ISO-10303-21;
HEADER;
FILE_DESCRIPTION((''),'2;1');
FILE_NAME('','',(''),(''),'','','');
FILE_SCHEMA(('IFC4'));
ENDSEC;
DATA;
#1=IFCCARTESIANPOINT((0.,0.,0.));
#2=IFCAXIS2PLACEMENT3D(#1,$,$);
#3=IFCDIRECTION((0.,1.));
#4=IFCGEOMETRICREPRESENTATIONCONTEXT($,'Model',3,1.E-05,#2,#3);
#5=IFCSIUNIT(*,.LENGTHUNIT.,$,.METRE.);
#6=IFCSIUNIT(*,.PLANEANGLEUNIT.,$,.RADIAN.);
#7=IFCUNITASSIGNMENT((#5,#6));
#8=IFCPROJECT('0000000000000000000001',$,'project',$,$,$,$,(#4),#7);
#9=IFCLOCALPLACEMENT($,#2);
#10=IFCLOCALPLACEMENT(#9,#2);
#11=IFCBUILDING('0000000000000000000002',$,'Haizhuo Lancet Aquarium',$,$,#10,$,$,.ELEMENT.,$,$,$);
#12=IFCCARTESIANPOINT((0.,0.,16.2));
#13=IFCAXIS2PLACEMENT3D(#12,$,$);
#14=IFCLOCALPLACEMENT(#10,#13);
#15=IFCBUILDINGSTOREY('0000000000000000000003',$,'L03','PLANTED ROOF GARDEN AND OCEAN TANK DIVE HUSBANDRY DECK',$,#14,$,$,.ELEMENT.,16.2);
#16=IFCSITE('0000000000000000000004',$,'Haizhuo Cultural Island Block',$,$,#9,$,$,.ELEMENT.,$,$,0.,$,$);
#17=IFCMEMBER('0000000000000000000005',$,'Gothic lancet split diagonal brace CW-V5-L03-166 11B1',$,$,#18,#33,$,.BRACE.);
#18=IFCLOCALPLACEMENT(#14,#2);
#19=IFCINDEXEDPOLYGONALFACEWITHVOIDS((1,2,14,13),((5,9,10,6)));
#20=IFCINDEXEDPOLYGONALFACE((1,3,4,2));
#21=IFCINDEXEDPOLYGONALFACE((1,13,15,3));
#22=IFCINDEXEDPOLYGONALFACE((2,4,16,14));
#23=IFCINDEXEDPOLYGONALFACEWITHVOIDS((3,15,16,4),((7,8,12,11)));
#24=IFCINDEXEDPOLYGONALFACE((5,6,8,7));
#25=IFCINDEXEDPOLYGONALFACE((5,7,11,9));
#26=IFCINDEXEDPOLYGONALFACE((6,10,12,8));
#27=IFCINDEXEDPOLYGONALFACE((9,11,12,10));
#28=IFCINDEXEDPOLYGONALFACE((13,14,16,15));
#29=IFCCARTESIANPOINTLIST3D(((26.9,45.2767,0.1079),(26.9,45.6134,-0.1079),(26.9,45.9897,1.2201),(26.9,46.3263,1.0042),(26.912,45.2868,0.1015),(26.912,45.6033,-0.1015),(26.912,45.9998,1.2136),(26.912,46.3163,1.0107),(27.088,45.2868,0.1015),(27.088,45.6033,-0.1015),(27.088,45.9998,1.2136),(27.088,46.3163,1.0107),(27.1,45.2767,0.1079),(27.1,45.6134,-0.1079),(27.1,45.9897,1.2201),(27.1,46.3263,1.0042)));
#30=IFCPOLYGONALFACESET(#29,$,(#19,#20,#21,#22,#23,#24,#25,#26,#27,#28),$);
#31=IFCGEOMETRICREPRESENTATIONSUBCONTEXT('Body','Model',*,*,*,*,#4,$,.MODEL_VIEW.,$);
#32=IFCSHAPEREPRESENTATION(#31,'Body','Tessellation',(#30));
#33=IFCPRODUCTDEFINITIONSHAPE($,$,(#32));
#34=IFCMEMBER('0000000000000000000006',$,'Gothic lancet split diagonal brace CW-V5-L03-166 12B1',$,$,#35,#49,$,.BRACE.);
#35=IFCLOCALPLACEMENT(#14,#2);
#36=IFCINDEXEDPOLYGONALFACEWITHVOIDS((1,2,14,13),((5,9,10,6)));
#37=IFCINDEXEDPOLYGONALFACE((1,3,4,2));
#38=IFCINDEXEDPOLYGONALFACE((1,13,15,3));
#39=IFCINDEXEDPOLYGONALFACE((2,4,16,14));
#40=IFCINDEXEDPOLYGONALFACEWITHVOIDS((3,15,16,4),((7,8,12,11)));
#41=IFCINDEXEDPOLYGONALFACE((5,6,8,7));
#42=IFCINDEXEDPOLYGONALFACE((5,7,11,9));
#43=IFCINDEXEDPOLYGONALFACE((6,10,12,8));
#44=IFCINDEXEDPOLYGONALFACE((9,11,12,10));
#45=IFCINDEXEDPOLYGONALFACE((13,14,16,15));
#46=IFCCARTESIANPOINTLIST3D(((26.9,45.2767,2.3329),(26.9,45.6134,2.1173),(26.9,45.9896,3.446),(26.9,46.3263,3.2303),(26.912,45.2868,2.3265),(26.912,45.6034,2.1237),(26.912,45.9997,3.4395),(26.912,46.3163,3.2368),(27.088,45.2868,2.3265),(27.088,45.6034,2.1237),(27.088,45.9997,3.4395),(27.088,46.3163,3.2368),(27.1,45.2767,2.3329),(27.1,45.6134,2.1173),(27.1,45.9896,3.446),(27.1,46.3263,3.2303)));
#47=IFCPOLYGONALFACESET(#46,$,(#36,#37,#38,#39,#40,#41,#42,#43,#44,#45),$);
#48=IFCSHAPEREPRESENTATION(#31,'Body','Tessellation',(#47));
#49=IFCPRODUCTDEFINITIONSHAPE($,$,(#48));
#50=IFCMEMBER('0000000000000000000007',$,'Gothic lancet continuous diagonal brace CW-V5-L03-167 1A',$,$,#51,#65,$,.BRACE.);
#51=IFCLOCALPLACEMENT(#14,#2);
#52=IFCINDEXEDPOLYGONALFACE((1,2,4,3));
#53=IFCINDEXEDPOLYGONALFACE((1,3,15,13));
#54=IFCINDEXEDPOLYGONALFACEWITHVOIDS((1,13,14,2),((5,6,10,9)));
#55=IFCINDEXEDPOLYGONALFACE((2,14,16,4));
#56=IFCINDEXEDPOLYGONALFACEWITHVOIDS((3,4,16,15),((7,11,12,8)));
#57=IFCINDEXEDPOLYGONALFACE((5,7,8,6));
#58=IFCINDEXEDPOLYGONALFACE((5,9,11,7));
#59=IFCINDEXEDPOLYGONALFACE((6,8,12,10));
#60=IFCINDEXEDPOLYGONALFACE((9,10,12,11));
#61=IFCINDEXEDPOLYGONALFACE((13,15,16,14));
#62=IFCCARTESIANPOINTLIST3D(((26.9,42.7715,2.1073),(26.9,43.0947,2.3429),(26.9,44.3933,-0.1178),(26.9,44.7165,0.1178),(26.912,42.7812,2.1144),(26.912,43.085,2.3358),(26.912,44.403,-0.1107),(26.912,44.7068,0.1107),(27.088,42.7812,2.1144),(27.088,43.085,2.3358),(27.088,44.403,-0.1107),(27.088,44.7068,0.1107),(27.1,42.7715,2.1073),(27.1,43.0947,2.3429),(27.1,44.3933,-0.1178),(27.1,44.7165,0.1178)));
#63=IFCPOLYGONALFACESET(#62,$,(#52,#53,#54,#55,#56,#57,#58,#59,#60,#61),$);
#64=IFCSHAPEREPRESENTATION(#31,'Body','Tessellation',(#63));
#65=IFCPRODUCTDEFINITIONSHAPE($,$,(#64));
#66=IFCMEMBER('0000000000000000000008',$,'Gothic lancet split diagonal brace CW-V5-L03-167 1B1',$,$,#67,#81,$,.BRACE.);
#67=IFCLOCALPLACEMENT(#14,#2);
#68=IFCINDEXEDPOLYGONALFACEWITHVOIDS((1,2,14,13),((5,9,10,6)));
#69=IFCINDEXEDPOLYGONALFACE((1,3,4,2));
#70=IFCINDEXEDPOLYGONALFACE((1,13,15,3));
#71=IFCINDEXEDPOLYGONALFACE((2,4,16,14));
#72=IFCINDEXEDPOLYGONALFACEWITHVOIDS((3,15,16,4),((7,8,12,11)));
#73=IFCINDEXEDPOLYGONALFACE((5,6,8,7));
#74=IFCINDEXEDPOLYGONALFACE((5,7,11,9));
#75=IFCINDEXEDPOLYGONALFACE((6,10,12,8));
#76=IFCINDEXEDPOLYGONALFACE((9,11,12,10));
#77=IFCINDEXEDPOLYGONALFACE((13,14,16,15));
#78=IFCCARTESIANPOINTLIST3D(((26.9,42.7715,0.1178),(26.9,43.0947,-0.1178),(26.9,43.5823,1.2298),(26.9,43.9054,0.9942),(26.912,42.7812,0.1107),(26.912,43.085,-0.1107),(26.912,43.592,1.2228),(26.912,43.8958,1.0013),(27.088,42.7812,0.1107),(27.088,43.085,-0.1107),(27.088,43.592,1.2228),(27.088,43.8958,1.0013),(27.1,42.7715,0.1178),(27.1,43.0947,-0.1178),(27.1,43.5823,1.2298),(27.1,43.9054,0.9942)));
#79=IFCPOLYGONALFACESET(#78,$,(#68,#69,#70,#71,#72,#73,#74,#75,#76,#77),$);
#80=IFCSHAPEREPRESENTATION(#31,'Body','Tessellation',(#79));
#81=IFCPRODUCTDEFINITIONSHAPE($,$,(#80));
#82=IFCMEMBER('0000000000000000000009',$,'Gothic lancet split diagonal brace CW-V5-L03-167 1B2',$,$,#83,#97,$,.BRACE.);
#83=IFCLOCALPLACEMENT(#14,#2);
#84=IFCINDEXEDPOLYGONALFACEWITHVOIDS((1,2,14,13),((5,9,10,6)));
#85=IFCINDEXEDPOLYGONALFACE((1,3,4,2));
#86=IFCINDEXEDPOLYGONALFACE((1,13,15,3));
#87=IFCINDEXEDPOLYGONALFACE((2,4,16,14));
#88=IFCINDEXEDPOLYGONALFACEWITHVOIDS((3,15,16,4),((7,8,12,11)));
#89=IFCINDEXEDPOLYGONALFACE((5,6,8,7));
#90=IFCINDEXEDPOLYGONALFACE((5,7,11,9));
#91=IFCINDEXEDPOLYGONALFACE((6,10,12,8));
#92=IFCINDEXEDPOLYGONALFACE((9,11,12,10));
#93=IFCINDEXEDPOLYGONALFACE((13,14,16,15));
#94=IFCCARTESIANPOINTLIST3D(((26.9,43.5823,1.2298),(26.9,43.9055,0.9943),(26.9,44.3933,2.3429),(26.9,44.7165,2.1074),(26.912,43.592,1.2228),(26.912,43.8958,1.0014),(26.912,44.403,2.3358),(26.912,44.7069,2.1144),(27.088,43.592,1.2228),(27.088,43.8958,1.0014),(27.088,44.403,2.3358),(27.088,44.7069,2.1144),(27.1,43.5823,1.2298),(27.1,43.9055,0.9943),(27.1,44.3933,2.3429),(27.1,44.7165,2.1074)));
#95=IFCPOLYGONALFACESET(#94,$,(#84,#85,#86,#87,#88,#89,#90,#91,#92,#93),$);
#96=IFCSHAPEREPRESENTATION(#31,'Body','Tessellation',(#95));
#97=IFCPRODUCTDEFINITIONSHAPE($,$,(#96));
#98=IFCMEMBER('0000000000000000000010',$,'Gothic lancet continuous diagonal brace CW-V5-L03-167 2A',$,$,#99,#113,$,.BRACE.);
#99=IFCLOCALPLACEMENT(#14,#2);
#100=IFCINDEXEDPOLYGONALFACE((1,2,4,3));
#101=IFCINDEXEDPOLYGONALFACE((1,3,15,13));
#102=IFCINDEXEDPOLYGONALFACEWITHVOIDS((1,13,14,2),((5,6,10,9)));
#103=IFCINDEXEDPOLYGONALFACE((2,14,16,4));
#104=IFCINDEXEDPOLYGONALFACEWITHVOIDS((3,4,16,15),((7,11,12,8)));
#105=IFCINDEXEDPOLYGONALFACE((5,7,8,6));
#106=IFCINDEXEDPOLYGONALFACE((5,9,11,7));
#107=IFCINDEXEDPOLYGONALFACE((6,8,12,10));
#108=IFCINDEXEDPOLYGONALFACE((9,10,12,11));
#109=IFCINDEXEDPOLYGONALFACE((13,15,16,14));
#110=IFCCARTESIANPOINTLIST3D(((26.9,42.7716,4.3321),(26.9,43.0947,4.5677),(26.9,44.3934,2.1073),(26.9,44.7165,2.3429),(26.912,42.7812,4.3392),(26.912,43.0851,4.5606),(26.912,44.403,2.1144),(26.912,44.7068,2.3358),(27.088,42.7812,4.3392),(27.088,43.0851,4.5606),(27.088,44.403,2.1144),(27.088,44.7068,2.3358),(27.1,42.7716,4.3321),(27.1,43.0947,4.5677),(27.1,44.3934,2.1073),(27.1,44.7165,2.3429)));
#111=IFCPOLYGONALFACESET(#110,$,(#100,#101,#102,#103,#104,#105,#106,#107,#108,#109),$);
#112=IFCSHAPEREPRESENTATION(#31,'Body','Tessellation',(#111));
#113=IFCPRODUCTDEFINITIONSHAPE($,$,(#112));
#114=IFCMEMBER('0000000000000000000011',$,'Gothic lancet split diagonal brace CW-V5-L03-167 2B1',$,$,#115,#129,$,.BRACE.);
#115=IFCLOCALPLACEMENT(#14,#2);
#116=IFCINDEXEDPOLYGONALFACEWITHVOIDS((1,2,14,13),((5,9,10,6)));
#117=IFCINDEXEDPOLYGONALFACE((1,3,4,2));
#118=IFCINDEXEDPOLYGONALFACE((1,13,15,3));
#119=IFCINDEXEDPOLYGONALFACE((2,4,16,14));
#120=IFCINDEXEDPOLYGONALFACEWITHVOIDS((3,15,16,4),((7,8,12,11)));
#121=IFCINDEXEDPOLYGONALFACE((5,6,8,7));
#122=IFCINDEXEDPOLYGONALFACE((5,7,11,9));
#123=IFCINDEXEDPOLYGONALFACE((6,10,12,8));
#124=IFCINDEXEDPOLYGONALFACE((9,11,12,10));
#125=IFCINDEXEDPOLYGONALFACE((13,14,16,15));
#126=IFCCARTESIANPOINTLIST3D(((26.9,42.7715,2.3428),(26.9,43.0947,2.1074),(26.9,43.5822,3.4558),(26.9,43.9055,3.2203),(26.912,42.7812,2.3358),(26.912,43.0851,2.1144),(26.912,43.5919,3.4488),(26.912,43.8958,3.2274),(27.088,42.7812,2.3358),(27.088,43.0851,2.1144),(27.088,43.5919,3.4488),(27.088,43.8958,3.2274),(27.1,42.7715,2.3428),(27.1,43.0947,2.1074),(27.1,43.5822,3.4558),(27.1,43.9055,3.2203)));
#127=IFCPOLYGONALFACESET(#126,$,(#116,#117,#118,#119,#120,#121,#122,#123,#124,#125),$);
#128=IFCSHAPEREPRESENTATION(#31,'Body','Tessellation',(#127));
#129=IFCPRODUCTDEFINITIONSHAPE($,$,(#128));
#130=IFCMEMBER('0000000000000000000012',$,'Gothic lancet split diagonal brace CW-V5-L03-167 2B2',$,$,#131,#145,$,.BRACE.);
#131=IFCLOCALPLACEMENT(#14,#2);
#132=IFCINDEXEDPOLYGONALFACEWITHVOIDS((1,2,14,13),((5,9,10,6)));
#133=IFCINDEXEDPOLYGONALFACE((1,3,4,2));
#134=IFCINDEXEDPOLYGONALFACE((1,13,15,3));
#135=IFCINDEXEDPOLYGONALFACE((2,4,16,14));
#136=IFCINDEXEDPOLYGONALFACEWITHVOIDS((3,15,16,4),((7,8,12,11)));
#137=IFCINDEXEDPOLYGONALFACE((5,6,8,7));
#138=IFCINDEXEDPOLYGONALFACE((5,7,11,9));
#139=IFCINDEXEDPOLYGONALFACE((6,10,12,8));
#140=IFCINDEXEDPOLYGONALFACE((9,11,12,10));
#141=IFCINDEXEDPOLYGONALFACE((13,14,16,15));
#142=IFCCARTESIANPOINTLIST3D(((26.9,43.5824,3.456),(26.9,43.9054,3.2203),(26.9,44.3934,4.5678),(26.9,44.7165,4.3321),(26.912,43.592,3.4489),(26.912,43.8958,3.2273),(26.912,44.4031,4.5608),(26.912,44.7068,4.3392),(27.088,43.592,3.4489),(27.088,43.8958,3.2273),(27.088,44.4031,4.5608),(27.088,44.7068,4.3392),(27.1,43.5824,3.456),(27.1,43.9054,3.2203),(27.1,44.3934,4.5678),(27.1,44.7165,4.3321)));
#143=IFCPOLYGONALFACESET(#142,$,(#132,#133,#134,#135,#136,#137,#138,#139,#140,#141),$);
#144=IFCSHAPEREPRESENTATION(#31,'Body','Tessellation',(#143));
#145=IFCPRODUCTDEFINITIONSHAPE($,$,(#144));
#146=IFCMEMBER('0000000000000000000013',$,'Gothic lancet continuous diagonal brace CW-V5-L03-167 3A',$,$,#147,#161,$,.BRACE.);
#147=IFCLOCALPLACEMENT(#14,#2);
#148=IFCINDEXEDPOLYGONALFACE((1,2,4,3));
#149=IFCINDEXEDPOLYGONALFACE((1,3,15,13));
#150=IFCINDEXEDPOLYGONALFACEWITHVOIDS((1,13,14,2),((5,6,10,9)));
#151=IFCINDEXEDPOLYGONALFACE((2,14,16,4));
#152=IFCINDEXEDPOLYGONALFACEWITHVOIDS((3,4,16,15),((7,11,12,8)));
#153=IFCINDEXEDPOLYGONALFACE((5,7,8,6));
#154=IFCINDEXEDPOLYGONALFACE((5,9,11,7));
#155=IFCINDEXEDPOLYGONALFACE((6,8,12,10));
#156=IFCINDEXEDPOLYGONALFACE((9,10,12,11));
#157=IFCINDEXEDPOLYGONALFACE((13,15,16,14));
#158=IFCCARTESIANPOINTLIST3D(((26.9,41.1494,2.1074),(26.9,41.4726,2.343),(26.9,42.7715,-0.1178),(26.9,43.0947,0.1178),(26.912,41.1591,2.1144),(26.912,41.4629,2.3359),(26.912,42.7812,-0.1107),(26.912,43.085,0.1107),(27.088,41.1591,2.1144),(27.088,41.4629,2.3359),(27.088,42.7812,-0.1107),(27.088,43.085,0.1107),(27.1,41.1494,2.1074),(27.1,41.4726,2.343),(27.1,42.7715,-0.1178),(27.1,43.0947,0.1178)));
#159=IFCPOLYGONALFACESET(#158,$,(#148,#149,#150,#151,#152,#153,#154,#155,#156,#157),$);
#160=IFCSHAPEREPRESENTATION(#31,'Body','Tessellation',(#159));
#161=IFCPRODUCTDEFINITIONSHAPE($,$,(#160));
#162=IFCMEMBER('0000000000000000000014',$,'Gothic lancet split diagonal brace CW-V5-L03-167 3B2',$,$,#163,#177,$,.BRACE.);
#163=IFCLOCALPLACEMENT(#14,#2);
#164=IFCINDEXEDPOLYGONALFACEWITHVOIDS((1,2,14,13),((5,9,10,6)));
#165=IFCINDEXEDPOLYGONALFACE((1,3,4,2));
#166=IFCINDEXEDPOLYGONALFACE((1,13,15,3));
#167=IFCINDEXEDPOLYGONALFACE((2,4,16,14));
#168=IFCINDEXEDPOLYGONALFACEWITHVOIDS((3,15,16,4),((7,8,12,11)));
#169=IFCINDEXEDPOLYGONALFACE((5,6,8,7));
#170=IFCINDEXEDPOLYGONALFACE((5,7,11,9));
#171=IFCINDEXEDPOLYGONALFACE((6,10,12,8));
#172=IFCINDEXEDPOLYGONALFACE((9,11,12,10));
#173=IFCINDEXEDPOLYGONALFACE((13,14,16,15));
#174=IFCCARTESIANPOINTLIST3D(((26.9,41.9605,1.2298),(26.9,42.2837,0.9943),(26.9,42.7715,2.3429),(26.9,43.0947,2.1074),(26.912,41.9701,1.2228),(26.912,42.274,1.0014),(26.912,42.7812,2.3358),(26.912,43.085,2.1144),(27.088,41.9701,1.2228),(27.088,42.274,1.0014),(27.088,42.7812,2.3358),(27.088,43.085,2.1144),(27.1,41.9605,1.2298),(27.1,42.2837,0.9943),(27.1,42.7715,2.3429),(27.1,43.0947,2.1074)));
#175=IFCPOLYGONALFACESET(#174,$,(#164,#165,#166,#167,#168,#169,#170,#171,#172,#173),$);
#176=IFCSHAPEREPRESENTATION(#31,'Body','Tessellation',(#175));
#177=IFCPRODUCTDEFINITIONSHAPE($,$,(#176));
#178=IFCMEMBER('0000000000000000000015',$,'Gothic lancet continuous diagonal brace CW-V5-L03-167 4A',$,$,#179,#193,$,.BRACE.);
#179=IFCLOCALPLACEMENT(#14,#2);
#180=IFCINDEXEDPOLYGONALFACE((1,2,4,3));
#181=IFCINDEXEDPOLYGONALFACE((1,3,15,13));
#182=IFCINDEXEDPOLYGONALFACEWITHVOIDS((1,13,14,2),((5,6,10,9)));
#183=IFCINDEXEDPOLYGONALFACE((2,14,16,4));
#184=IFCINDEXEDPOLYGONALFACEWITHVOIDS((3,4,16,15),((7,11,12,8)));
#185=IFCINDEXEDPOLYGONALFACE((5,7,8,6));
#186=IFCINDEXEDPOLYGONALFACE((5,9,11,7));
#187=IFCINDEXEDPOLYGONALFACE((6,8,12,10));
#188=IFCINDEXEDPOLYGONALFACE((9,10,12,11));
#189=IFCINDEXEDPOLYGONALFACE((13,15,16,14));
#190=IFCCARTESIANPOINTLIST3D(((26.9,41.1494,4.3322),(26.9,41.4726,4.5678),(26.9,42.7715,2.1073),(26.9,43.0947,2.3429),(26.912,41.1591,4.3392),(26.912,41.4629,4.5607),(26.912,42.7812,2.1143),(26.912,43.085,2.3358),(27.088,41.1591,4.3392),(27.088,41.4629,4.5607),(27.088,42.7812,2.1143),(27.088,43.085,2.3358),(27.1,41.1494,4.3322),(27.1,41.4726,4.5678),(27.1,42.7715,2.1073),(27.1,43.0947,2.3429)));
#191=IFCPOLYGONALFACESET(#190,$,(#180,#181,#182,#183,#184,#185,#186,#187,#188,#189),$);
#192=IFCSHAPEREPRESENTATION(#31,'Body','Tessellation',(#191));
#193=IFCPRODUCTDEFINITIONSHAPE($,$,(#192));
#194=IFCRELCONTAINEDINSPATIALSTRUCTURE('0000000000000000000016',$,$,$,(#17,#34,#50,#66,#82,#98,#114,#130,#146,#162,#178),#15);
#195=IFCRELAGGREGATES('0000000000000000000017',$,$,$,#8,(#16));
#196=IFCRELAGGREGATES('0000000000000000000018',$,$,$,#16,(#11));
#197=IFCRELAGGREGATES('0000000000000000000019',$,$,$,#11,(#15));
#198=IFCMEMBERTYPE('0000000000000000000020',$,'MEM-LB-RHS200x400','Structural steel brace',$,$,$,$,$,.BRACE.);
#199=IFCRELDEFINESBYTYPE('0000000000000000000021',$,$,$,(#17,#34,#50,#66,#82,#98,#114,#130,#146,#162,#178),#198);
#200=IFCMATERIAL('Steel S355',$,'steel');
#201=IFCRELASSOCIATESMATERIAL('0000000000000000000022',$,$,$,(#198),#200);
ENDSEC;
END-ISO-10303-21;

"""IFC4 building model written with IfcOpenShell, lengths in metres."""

from ifc_helpers import new_model, si_unit, direction, frame, origin, origin_2d, place, context, subcontext, project, spatial, hollow_rectangle, extrude, material, material_profile, profile_set, type_object, element, save


model = new_model("IFC4")

# Units and contexts
model_context = context("Model", 3, precision=1e-05, world=origin(), true_north=direction((0.0, 1.0)))
body_context = subcontext(model_context, "Body", "Model", "MODEL_VIEW")
ifc_project = project(units=[si_unit("LENGTHUNIT", "METRE"), si_unit("PLANEANGLEUNIT", "RADIAN")], contexts=[model_context])

# Site, building, storey
site_placement = place(None, origin())
site = spatial("IfcSite", under=ifc_project, at=site_placement, Name="Haizhuo Cultural Island Block", CompositionType="ELEMENT", RefElevation=0.0)
building_placement = place(site_placement, origin())
building = spatial("IfcBuilding", under=site, at=building_placement, Name="Haizhuo Lancet Aquarium", CompositionType="ELEMENT")
storey_placement = place(building_placement, frame((0.0, 0.0, 16.2)))
storey = spatial("IfcBuildingStorey", under=building, at=storey_placement, Name="L03", Description="PLANTED ROOF GARDEN AND OCEAN TANK DIVE HUSBANDRY DECK", CompositionType="ELEMENT", Elevation=16.2)

# Members
ifc_material_1 = material(Name="Steel S355", Category="steel")
ifc_material_profile_1 = material_profile(ifc_material_1, hollow_rectangle(XDim=0.2, YDim=0.3999, WallThickness=0.012, at=origin_2d()), Name="RHS 200x400x12")
ifc_profile_set_1 = profile_set([ifc_material_profile_1], Name="Steel S355")
member_type_1 = type_object("IfcMemberType", Name="MEM-LB-RHS200x400", Description="Structural steel brace", PredefinedType="BRACE", material=ifc_profile_set_1)
member_1_placement = place(storey_placement, frame((27.0, 45.4451, 0.0), z_axis=(0.0, 0.539683, 0.841868), x_axis=(-1.0, 0.0, 0.0)))
element("IfcMember", 1, at=member_1_placement, inside=storey, type_object=member_type_1, Name="Gothic lancet split diagonal brace CW-V5-L03-166 11B1", PredefinedType="BRACE", context=body_context, shape_type="SweptSolid", body=[
    extrude(hollow_rectangle(XDim=0.2, YDim=0.3999, WallThickness=0.012, at=origin_2d()), origin(), (0.0, 0.0, 1.0), 1.321),
])
member_2_placement = place(storey_placement, frame((27.0, 45.4451, 2.2251), z_axis=(0.0, 0.539347, 0.842083), x_axis=(-1.0, 0.0, 0.0)))
element("IfcMember", 2, at=member_2_placement, inside=storey, type_object=member_type_1, Name="Gothic lancet split diagonal brace CW-V5-L03-166 12B1", PredefinedType="BRACE", context=body_context, shape_type="SweptSolid", body=[
    extrude(hollow_rectangle(XDim=0.2, YDim=0.3999, WallThickness=0.012, at=origin_2d()), origin(), (0.0, 0.0, 1.0), 1.3218),
])
member_3_placement = place(storey_placement, frame((27.0, 44.5549, 0.0), z_axis=(0.0, -0.58902, 0.808118), x_axis=(1.0, 0.0, 0.0)))
element("IfcMember", 3, at=member_3_placement, inside=storey, type_object=member_type_1, Name="Gothic lancet continuous diagonal brace CW-V5-L03-167 1A", PredefinedType="BRACE", context=body_context, shape_type="SweptSolid", body=[
    extrude(hollow_rectangle(XDim=0.2, YDim=0.3999, WallThickness=0.012, at=origin_2d()), origin(), (0.0, 0.0, 1.0), 2.7534),
])
member_4_placement = place(storey_placement, frame((27.0, 42.9331, 0.0), z_axis=(0.0, 0.589131, 0.808037), x_axis=(-1.0, 0.0, 0.0)))
element("IfcMember", 4, at=member_4_placement, inside=storey, type_object=member_type_1, Name="Gothic lancet split diagonal brace CW-V5-L03-167 1B1", PredefinedType="BRACE", context=body_context, shape_type="SweptSolid", body=[
    extrude(hollow_rectangle(XDim=0.2, YDim=0.3999, WallThickness=0.012, at=origin_2d()), origin(), (0.0, 0.0, 1.0), 1.3762),
])
member_5_placement = place(storey_placement, frame((27.0, 43.7439, 1.1121), z_axis=(0.0, 0.588909, 0.808199), x_axis=(-1.0, 0.0, 0.0)))
element("IfcMember", 5, at=member_5_placement, inside=storey, type_object=member_type_1, Name="Gothic lancet split diagonal brace CW-V5-L03-167 1B2", PredefinedType="BRACE", context=body_context, shape_type="SweptSolid", body=[
    extrude(hollow_rectangle(XDim=0.2, YDim=0.3999, WallThickness=0.012, at=origin_2d()), origin(), (0.0, 0.0, 1.0), 1.3772),
])
member_6_placement = place(storey_placement, frame((27.0, 44.5549, 2.2251), z_axis=(0.0, -0.589062, 0.808088), x_axis=(1.0, 0.0, 0.0)))
element("IfcMember", 6, at=member_6_placement, inside=storey, type_object=member_type_1, Name="Gothic lancet continuous diagonal brace CW-V5-L03-167 2A", PredefinedType="BRACE", context=body_context, shape_type="SweptSolid", body=[
    extrude(hollow_rectangle(XDim=0.2, YDim=0.3999, WallThickness=0.012, at=origin_2d()), origin(), (0.0, 0.0, 1.0), 2.7532),
])
member_7_placement = place(storey_placement, frame((27.0, 42.9331, 2.2251), z_axis=(0.0, 0.588793, 0.808284), x_axis=(-1.0, 0.0, 0.0)))
element("IfcMember", 7, at=member_7_placement, inside=storey, type_object=member_type_1, Name="Gothic lancet split diagonal brace CW-V5-L03-167 2B1", PredefinedType="BRACE", context=body_context, shape_type="SweptSolid", body=[
    extrude(hollow_rectangle(XDim=0.2, YDim=0.3999, WallThickness=0.012, at=origin_2d()), origin(), (0.0, 0.0, 1.0), 1.377),
])
member_8_placement = place(storey_placement, frame((27.0, 43.7439, 3.3381), z_axis=(0.0, 0.589331, 0.807891), x_axis=(-1.0, 0.0, 0.0)))
element("IfcMember", 8, at=member_8_placement, inside=storey, type_object=member_type_1, Name="Gothic lancet split diagonal brace CW-V5-L03-167 2B2", PredefinedType="BRACE", context=body_context, shape_type="SweptSolid", body=[
    extrude(hollow_rectangle(XDim=0.2, YDim=0.3999, WallThickness=0.012, at=origin_2d()), origin(), (0.0, 0.0, 1.0), 1.3762),
])
member_9_placement = place(storey_placement, frame((27.0, 42.9331, 0.0), z_axis=(0.0, -0.589078, 0.808076), x_axis=(1.0, 0.0, 0.0)))
element("IfcMember", 9, at=member_9_placement, inside=storey, type_object=member_type_1, Name="Gothic lancet continuous diagonal brace CW-V5-L03-167 3A", PredefinedType="BRACE", context=body_context, shape_type="SweptSolid", body=[
    extrude(hollow_rectangle(XDim=0.2, YDim=0.3999, WallThickness=0.012, at=origin_2d()), origin(), (0.0, 0.0, 1.0), 2.7537),
])
member_10_placement = place(storey_placement, frame((27.0, 42.1221, 1.1121), z_axis=(0.0, 0.588909, 0.808199), x_axis=(-1.0, 0.0, 0.0)))
element("IfcMember", 10, at=member_10_placement, inside=storey, type_object=member_type_1, Name="Gothic lancet split diagonal brace CW-V5-L03-167 3B2", PredefinedType="BRACE", context=body_context, shape_type="SweptSolid", body=[
    extrude(hollow_rectangle(XDim=0.2, YDim=0.3999, WallThickness=0.012, at=origin_2d()), origin(), (0.0, 0.0, 1.0), 1.3772),
])
member_11_placement = place(storey_placement, frame((27.0, 42.9331, 2.2251), z_axis=(0.0, -0.58912, 0.808045), x_axis=(1.0, 0.0, 0.0)))
element("IfcMember", 11, at=member_11_placement, inside=storey, type_object=member_type_1, Name="Gothic lancet continuous diagonal brace CW-V5-L03-167 4A", PredefinedType="BRACE", context=body_context, shape_type="SweptSolid", body=[
    extrude(hollow_rectangle(XDim=0.2, YDim=0.3999, WallThickness=0.012, at=origin_2d()), origin(), (0.0, 0.0, 1.0), 2.7534),
])

save(model, "model.ifc")
